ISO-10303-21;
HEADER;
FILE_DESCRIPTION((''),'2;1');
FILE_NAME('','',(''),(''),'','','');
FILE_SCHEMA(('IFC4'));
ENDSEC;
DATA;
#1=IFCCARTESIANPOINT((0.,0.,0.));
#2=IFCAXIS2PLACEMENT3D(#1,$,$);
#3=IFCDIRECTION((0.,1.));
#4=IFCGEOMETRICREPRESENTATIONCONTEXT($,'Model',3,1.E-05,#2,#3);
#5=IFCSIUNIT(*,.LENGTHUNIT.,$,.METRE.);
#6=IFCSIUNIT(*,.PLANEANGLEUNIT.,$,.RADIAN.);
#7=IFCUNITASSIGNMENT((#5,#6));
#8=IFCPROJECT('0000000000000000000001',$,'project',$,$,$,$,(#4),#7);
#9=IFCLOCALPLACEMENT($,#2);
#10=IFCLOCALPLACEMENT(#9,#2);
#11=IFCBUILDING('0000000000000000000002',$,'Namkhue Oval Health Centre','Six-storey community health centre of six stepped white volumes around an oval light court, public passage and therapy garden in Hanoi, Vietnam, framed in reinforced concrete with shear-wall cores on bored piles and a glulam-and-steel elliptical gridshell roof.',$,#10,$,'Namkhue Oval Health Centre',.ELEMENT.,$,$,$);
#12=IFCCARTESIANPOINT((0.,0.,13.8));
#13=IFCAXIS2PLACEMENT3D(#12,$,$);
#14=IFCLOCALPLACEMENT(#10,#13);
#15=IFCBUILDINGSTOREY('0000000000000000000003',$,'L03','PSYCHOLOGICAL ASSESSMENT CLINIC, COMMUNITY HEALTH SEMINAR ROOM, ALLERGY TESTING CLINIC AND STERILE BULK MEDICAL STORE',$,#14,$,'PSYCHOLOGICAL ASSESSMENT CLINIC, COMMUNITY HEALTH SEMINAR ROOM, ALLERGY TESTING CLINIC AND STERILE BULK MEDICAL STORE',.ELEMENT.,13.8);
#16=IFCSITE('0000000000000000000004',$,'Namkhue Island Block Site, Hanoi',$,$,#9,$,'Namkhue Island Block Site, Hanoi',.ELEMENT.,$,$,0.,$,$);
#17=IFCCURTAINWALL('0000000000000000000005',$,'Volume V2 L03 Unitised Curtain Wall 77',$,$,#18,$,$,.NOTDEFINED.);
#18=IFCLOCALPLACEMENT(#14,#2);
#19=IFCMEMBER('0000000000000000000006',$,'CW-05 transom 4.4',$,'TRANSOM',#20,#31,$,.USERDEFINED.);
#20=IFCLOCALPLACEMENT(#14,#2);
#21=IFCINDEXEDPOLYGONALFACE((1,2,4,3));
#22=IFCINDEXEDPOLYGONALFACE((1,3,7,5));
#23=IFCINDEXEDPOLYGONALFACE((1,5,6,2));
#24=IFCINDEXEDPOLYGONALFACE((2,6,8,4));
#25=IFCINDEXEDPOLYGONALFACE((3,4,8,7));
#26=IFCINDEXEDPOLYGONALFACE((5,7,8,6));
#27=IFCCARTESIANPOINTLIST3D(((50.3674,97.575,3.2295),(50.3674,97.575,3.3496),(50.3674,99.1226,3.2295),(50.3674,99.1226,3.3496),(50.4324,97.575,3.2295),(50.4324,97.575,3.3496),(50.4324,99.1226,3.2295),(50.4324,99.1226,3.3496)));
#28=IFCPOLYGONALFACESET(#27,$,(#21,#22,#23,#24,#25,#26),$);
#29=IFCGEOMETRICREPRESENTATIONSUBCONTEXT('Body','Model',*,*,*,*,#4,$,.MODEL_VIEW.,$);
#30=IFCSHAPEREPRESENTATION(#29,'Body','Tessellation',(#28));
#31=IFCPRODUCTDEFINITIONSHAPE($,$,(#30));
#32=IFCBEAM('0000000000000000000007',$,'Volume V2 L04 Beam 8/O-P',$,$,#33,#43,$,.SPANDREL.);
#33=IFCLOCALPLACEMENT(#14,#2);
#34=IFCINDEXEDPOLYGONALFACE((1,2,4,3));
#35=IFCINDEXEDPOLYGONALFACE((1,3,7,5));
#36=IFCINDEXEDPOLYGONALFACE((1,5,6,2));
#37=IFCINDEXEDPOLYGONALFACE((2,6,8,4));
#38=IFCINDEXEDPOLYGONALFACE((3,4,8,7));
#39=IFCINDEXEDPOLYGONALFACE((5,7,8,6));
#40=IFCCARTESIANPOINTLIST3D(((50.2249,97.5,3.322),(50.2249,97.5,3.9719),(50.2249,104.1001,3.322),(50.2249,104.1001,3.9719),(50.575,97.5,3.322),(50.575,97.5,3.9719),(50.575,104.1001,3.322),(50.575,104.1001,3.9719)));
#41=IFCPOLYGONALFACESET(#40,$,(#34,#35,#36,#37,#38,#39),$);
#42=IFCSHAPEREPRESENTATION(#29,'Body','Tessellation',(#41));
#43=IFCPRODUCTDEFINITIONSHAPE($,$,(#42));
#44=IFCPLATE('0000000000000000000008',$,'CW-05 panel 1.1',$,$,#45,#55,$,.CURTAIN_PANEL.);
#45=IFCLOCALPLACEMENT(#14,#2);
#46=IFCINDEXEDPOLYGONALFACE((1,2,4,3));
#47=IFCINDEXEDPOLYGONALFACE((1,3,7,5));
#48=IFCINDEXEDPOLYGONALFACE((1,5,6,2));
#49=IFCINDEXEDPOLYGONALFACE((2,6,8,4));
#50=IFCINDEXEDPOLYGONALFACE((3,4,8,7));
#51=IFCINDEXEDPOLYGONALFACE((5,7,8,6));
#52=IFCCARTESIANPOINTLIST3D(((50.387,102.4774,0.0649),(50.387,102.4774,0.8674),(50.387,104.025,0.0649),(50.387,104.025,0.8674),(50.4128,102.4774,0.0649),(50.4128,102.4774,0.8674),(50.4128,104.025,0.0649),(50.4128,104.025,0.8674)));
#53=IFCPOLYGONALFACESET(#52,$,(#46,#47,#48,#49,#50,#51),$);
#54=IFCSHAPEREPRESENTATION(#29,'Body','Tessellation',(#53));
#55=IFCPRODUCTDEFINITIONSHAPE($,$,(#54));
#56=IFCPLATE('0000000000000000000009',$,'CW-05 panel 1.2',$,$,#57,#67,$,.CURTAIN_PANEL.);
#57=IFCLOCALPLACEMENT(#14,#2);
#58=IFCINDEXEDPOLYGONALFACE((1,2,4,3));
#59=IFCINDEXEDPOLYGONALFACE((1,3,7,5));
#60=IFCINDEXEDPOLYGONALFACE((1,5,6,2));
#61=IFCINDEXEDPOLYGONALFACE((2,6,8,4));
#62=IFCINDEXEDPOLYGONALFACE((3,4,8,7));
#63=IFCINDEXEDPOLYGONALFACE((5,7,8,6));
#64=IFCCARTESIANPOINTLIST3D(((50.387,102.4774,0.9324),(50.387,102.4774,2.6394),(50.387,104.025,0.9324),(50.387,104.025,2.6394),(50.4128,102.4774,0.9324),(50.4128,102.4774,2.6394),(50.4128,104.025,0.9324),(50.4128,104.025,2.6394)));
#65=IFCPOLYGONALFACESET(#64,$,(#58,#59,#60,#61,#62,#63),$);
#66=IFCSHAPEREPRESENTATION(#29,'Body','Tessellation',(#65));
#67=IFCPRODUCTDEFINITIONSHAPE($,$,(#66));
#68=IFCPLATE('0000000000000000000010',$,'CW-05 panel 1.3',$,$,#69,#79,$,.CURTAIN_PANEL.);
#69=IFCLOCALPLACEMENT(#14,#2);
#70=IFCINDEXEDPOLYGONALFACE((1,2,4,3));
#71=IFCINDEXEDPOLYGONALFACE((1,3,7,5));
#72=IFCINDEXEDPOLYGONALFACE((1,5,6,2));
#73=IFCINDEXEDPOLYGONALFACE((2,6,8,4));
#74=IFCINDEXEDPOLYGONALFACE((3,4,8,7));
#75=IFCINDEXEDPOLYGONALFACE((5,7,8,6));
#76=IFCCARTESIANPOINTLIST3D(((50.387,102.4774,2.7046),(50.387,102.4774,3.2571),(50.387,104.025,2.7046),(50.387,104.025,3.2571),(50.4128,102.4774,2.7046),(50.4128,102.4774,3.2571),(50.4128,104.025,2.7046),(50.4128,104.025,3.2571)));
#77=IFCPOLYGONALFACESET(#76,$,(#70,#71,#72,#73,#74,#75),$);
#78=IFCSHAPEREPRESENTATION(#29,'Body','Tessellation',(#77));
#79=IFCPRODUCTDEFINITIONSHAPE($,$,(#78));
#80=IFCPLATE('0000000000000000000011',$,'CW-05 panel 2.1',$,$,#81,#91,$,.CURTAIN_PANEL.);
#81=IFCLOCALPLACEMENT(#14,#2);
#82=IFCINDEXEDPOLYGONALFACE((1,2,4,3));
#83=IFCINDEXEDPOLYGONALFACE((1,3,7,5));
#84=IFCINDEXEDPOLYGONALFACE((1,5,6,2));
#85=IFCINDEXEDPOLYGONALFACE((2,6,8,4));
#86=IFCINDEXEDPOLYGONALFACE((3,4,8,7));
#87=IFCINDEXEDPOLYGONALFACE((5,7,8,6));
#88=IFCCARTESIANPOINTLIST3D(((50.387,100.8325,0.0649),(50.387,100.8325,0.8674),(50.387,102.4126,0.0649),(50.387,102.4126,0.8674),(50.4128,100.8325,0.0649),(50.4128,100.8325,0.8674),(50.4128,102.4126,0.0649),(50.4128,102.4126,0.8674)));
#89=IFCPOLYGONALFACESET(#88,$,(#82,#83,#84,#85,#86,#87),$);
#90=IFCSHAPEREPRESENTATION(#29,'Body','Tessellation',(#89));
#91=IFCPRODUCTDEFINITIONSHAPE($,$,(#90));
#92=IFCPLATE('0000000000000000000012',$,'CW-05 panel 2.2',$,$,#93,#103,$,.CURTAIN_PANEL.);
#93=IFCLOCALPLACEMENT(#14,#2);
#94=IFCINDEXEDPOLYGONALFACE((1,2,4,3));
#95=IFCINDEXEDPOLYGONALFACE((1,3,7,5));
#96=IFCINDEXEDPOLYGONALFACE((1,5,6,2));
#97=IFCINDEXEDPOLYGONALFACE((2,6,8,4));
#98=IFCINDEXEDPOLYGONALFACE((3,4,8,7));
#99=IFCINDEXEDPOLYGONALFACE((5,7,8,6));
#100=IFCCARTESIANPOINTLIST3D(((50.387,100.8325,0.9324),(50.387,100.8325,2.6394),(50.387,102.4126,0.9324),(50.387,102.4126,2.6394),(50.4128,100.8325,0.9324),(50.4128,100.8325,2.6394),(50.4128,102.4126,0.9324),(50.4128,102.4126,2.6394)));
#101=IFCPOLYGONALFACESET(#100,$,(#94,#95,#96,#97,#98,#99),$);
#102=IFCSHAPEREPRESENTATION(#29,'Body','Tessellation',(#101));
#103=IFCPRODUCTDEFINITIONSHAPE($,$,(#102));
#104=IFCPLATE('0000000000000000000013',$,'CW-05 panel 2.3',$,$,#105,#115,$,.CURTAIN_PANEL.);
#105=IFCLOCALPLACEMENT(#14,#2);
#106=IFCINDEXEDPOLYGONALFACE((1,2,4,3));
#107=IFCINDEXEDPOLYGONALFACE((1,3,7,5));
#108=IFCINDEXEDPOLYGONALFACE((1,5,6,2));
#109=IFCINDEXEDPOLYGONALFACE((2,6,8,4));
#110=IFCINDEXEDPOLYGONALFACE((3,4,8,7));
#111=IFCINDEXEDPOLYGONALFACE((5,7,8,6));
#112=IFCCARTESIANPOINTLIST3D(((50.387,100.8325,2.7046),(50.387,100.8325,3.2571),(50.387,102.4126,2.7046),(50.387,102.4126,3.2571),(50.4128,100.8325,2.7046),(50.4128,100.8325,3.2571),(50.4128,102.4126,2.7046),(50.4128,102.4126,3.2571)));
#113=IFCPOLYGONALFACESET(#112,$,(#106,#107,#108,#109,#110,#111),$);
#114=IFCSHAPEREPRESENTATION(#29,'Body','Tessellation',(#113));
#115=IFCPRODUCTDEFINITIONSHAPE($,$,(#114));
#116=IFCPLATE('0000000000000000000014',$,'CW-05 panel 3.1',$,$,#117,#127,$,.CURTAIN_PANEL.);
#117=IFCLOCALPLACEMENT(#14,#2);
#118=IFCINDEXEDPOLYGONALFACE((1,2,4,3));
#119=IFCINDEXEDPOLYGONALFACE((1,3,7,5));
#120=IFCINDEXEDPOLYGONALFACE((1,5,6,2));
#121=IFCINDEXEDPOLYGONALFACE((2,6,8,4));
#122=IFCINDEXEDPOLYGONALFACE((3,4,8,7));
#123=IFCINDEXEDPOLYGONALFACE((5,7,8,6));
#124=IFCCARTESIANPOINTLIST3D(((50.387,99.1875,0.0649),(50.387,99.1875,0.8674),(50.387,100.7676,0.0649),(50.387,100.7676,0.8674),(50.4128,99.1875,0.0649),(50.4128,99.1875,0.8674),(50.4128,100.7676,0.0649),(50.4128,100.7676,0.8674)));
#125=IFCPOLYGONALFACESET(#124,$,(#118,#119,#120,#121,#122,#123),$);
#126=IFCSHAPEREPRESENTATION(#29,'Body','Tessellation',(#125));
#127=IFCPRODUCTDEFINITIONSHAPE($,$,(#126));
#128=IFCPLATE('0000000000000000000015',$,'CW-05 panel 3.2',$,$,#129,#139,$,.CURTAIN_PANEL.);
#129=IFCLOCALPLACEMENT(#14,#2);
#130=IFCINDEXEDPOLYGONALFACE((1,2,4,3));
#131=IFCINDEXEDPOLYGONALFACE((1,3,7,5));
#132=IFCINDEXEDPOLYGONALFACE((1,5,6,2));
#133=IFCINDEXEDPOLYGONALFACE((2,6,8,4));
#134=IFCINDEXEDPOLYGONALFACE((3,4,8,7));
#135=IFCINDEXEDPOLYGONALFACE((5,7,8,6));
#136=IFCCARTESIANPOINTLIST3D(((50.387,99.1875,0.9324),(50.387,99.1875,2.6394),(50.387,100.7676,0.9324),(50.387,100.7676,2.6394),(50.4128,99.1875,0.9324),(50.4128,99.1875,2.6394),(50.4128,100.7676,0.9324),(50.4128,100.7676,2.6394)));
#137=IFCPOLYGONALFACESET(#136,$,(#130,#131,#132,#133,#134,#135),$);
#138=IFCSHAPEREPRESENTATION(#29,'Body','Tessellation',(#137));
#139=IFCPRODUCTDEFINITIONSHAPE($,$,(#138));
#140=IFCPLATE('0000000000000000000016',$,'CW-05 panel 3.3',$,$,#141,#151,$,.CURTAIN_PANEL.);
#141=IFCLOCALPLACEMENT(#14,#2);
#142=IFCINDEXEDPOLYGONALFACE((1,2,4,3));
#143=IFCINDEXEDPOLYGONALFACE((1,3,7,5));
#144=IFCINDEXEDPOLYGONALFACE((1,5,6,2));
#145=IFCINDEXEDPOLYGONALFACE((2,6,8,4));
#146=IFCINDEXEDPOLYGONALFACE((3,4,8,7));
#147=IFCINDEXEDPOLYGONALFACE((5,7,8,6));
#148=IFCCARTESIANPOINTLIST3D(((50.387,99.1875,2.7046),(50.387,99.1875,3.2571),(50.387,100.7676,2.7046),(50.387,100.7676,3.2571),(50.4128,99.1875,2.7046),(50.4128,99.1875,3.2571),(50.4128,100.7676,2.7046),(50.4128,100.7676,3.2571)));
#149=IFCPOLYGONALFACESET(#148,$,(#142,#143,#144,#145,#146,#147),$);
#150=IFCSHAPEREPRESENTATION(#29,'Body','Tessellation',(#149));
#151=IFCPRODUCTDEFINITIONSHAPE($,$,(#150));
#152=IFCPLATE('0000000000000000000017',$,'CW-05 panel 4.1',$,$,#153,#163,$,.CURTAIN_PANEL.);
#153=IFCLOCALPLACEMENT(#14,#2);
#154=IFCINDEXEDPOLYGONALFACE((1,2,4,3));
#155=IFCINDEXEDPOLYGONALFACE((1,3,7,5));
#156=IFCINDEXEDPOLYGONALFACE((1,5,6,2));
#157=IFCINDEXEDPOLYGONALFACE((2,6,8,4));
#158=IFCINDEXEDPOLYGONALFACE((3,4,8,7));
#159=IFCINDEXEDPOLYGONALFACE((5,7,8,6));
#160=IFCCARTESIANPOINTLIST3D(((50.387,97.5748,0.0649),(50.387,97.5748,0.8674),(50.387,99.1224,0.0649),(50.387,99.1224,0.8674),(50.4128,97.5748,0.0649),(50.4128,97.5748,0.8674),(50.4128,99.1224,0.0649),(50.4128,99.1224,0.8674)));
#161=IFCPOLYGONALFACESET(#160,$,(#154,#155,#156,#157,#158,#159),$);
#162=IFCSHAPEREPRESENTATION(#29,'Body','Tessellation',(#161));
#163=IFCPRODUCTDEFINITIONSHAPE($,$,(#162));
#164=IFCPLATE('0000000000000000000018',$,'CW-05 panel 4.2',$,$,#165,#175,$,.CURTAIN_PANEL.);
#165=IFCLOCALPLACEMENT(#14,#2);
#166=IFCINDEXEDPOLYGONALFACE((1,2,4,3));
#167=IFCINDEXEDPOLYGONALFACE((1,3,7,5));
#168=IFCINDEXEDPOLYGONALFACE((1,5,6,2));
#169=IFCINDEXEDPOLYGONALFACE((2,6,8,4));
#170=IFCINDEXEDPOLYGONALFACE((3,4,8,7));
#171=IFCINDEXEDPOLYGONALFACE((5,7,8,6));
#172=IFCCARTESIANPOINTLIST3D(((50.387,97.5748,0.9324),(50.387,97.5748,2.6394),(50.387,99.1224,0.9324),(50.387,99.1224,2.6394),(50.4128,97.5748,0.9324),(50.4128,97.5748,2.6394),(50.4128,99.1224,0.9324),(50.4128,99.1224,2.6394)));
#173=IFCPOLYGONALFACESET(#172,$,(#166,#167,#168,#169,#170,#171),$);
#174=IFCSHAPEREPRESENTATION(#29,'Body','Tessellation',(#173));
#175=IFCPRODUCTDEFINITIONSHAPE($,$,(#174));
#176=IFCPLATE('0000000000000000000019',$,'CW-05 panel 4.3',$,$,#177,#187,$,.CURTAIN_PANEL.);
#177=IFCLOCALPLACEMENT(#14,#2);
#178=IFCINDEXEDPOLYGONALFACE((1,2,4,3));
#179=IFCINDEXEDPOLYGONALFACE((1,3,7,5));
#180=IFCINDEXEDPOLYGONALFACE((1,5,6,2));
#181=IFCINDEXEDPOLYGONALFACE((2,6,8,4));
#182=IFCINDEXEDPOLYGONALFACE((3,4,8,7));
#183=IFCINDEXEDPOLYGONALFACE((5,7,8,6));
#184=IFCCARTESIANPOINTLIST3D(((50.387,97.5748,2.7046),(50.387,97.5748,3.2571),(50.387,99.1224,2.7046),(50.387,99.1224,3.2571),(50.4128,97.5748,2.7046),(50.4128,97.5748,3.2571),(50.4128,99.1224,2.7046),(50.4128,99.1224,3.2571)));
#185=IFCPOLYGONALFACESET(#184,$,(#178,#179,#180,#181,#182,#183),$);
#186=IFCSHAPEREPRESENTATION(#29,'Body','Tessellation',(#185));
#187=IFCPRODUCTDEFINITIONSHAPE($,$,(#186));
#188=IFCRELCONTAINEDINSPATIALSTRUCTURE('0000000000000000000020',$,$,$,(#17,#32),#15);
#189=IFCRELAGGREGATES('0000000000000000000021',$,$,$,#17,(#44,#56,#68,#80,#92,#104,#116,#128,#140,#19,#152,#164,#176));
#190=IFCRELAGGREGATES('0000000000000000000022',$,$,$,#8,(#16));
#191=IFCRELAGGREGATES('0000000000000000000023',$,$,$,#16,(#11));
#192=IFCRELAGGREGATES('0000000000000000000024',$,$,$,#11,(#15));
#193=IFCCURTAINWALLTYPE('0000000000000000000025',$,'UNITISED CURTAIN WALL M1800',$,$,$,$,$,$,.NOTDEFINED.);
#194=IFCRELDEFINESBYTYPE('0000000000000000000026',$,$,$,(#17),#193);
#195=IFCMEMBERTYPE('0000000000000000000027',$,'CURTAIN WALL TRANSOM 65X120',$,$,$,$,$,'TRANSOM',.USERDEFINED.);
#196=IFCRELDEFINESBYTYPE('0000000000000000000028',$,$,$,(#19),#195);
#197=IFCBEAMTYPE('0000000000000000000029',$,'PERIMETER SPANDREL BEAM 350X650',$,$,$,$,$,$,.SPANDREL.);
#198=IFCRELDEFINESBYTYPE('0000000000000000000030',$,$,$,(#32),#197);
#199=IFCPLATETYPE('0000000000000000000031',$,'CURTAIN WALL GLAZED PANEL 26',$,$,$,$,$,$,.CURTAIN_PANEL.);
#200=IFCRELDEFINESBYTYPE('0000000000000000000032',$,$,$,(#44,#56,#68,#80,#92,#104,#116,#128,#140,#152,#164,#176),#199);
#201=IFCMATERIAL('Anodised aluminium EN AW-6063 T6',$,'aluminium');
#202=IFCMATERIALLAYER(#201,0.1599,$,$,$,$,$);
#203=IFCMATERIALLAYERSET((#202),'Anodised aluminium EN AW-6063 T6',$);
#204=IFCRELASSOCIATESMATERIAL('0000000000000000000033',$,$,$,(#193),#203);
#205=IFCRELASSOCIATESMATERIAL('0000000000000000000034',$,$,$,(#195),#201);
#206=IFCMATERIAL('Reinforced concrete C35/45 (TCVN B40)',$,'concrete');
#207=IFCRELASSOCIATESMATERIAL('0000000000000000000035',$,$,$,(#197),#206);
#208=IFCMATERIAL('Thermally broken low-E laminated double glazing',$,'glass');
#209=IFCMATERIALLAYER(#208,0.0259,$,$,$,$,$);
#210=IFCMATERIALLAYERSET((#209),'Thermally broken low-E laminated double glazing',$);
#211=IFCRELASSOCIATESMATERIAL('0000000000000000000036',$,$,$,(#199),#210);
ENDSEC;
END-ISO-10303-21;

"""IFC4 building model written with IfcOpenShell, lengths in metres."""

from ifc_helpers import new_model, si_unit, direction, frame, origin, origin_2d, place, context, subcontext, project, spatial, rectangle, extrude, material, layer, layer_set, material_profile, profile_set, type_object, element, aggregate, save


model = new_model("IFC4")

# Units and contexts
model_context = context("Model", 3, precision=1e-05, world=origin(), true_north=direction((0.0, 1.0)))
body_context = subcontext(model_context, "Body", "Model", "MODEL_VIEW")
ifc_project = project(units=[si_unit("LENGTHUNIT", "METRE"), si_unit("PLANEANGLEUNIT", "RADIAN")], contexts=[model_context])

# Site, building, storey
site_placement = place(None, origin())
site = spatial("IfcSite", under=ifc_project, at=site_placement, Name="Namkhue Island Block Site, Hanoi", LongName="Namkhue Island Block Site, Hanoi", CompositionType="ELEMENT", RefElevation=0.0)
building_placement = place(site_placement, origin())
building = spatial("IfcBuilding", under=site, at=building_placement, Name="Namkhue Oval Health Centre", Description="Six-storey community health centre of six stepped white volumes around an oval light court, public passage and therapy garden in Hanoi, Vietnam, framed in reinforced concrete with shear-wall cores on bored piles and a glulam-and-steel elliptical gridshell roof.", LongName="Namkhue Oval Health Centre", CompositionType="ELEMENT")
storey_placement = place(building_placement, frame((0.0, 0.0, 13.8)))
storey = spatial("IfcBuildingStorey", under=building, at=storey_placement, Name="L03", Description="PSYCHOLOGICAL ASSESSMENT CLINIC, COMMUNITY HEALTH SEMINAR ROOM, ALLERGY TESTING CLINIC AND STERILE BULK MEDICAL STORE", LongName="PSYCHOLOGICAL ASSESSMENT CLINIC, COMMUNITY HEALTH SEMINAR ROOM, ALLERGY TESTING CLINIC AND STERILE BULK MEDICAL STORE", CompositionType="ELEMENT", Elevation=13.8)

# Shared definitions
ifc_material_1 = material(Name="Reinforced concrete C35/45 (TCVN B40)", Category="concrete")

# Curtain wall, member
ifc_material_2 = material(Name="Anodised aluminium EN AW-6063 T6", Category="aluminium")
ifc_layer_1 = layer(ifc_material_2, 0.1599)
ifc_layer_set_1 = layer_set([ifc_layer_1], Name="Anodised aluminium EN AW-6063 T6")
curtain_wall_type = type_object("IfcCurtainWallType", Name="UNITISED CURTAIN WALL M1800", PredefinedType="NOTDEFINED", material=ifc_layer_set_1)
curtain_wall_placement = place(storey_placement, origin())
curtain_wall = element("IfcCurtainWall", 1, at=curtain_wall_placement, inside=storey, type_object=curtain_wall_type, Name="Volume V2 L03 Unitised Curtain Wall 77", PredefinedType="NOTDEFINED")
ifc_material_profile_1 = material_profile(ifc_material_2, rectangle(XDim=0.0649, YDim=0.1201, at=origin_2d()), Name="ALU 65x120")
ifc_profile_set_1 = profile_set([ifc_material_profile_1], Name="Anodised aluminium EN AW-6063 T6")
member_type_1 = type_object("IfcMemberType", Name="CURTAIN WALL TRANSOM 65X120", ElementType="TRANSOM", PredefinedType="USERDEFINED", material=ifc_profile_set_1)
member_1_placement = place(storey_placement, frame((50.3999, 99.1226, 3.2896), z_axis=(0.0, -1.0, 0.0), x_axis=(1.0, 0.0, 0.0)))
member_1 = element("IfcMember", 2, at=member_1_placement, type_object=member_type_1, Name="CW-05 transom 4.4", ObjectType="TRANSOM", PredefinedType="USERDEFINED", context=body_context, shape_type="SweptSolid", body=[
    extrude(rectangle(XDim=0.0649, YDim=0.1201, at=origin_2d()), origin(), (0.0, 0.0, 1.0), 1.5476),
])

# Beam
ifc_material_profile_2 = material_profile(ifc_material_1, rectangle(XDim=0.3501, YDim=0.6499, at=origin_2d()), Name="RC 350x650")
ifc_profile_set_2 = profile_set([ifc_material_profile_2], Name="Reinforced concrete C35/45 (TCVN B40)")
beam_type = type_object("IfcBeamType", Name="PERIMETER SPANDREL BEAM 350X650", PredefinedType="SPANDREL", material=ifc_profile_set_2)
beam_placement = place(storey_placement, frame((50.3999, 97.5, 3.647), z_axis=(0.0, 1.0, 0.0), x_axis=(-1.0, 0.0, 0.0)))
element("IfcBeam", 3, at=beam_placement, inside=storey, type_object=beam_type, Name="Volume V2 L04 Beam 8/O-P", PredefinedType="SPANDREL", context=body_context, shape_type="SweptSolid", body=[
    extrude(rectangle(XDim=0.3501, YDim=0.6499, at=origin_2d()), origin(), (0.0, 0.0, 1.0), 6.6001),
])

# Plates
ifc_material_3 = material(Name="Thermally broken low-E laminated double glazing", Category="glass")
ifc_layer_2 = layer(ifc_material_3, 0.0259)
ifc_layer_set_2 = layer_set([ifc_layer_2], Name="Thermally broken low-E laminated double glazing")
plate_type = type_object("IfcPlateType", Name="CURTAIN WALL GLAZED PANEL 26", PredefinedType="CURTAIN_PANEL", material=ifc_layer_set_2)
plate_1_placement = place(storey_placement, frame((50.3999, 103.2512, 0.0649), z_axis=(0.0, 0.0, 1.0), x_axis=(0.0, -1.0, 0.0)))
plate_1 = element("IfcPlate", 4, at=plate_1_placement, type_object=plate_type, Name="CW-05 panel 1.1", PredefinedType="CURTAIN_PANEL", context=body_context, shape_type="SweptSolid", body=[
    extrude(rectangle(XDim=1.5476, YDim=0.0259, at=origin_2d()), origin(), (0.0, 0.0, 1.0), 0.8025),
])
plate_2_placement = place(storey_placement, frame((50.3999, 103.2512, 0.9324), z_axis=(0.0, 0.0, 1.0), x_axis=(0.0, -1.0, 0.0)))
plate_2 = element("IfcPlate", 5, at=plate_2_placement, type_object=plate_type, Name="CW-05 panel 1.2", PredefinedType="CURTAIN_PANEL", context=body_context, shape_type="SweptSolid", body=[
    extrude(rectangle(XDim=1.5476, YDim=0.0259, at=origin_2d()), origin(), (0.0, 0.0, 1.0), 1.707),
])
plate_3_placement = place(storey_placement, frame((50.3999, 103.2512, 2.7046), z_axis=(0.0, 0.0, 1.0), x_axis=(0.0, -1.0, 0.0)))
plate_3 = element("IfcPlate", 6, at=plate_3_placement, type_object=plate_type, Name="CW-05 panel 1.3", PredefinedType="CURTAIN_PANEL", context=body_context, shape_type="SweptSolid", body=[
    extrude(rectangle(XDim=1.5476, YDim=0.0259, at=origin_2d()), origin(), (0.0, 0.0, 1.0), 0.5525),
])
plate_4_placement = place(storey_placement, frame((50.3999, 101.6226, 0.0649), z_axis=(0.0, 0.0, 1.0), x_axis=(0.0, -1.0, 0.0)))
plate_4 = element("IfcPlate", 7, at=plate_4_placement, type_object=plate_type, Name="CW-05 panel 2.1", PredefinedType="CURTAIN_PANEL", context=body_context, shape_type="SweptSolid", body=[
    extrude(rectangle(XDim=1.5801, YDim=0.0259, at=origin_2d()), origin(), (0.0, 0.0, 1.0), 0.8025),
])
plate_5_placement = place(storey_placement, frame((50.3999, 101.6226, 0.9324), z_axis=(0.0, 0.0, 1.0), x_axis=(0.0, -1.0, 0.0)))
plate_5 = element("IfcPlate", 8, at=plate_5_placement, type_object=plate_type, Name="CW-05 panel 2.2", PredefinedType="CURTAIN_PANEL", context=body_context, shape_type="SweptSolid", body=[
    extrude(rectangle(XDim=1.5801, YDim=0.0259, at=origin_2d()), origin(), (0.0, 0.0, 1.0), 1.707),
])
plate_6_placement = place(storey_placement, frame((50.3999, 101.6226, 2.7046), z_axis=(0.0, 0.0, 1.0), x_axis=(0.0, -1.0, 0.0)))
plate_6 = element("IfcPlate", 9, at=plate_6_placement, type_object=plate_type, Name="CW-05 panel 2.3", PredefinedType="CURTAIN_PANEL", context=body_context, shape_type="SweptSolid", body=[
    extrude(rectangle(XDim=1.5801, YDim=0.0259, at=origin_2d()), origin(), (0.0, 0.0, 1.0), 0.5525),
])
plate_7_placement = place(storey_placement, frame((50.3999, 99.9775, 0.0649), z_axis=(0.0, 0.0, 1.0), x_axis=(0.0, -1.0, 0.0)))
plate_7 = element("IfcPlate", 10, at=plate_7_placement, type_object=plate_type, Name="CW-05 panel 3.1", PredefinedType="CURTAIN_PANEL", context=body_context, shape_type="SweptSolid", body=[
    extrude(rectangle(XDim=1.5801, YDim=0.0259, at=origin_2d()), origin(), (0.0, 0.0, 1.0), 0.8025),
])
plate_8_placement = place(storey_placement, frame((50.3999, 99.9775, 0.9324), z_axis=(0.0, 0.0, 1.0), x_axis=(0.0, -1.0, 0.0)))
plate_8 = element("IfcPlate", 11, at=plate_8_placement, type_object=plate_type, Name="CW-05 panel 3.2", PredefinedType="CURTAIN_PANEL", context=body_context, shape_type="SweptSolid", body=[
    extrude(rectangle(XDim=1.5801, YDim=0.0259, at=origin_2d()), origin(), (0.0, 0.0, 1.0), 1.707),
])
plate_9_placement = place(storey_placement, frame((50.3999, 99.9775, 2.7046), z_axis=(0.0, 0.0, 1.0), x_axis=(0.0, -1.0, 0.0)))
plate_9 = element("IfcPlate", 12, at=plate_9_placement, type_object=plate_type, Name="CW-05 panel 3.3", PredefinedType="CURTAIN_PANEL", context=body_context, shape_type="SweptSolid", body=[
    extrude(rectangle(XDim=1.5801, YDim=0.0259, at=origin_2d()), origin(), (0.0, 0.0, 1.0), 0.5525),
])
plate_10_placement = place(storey_placement, frame((50.3999, 98.3486, 0.0649), z_axis=(0.0, 0.0, 1.0), x_axis=(0.0, -1.0, 0.0)))
plate_10 = element("IfcPlate", 13, at=plate_10_placement, type_object=plate_type, Name="CW-05 panel 4.1", PredefinedType="CURTAIN_PANEL", context=body_context, shape_type="SweptSolid", body=[
    extrude(rectangle(XDim=1.5476, YDim=0.0259, at=origin_2d()), origin(), (0.0, 0.0, 1.0), 0.8025),
])
plate_11_placement = place(storey_placement, frame((50.3999, 98.3486, 0.9324), z_axis=(0.0, 0.0, 1.0), x_axis=(0.0, -1.0, 0.0)))
plate_11 = element("IfcPlate", 14, at=plate_11_placement, type_object=plate_type, Name="CW-05 panel 4.2", PredefinedType="CURTAIN_PANEL", context=body_context, shape_type="SweptSolid", body=[
    extrude(rectangle(XDim=1.5476, YDim=0.0259, at=origin_2d()), origin(), (0.0, 0.0, 1.0), 1.707),
])
plate_12_placement = place(storey_placement, frame((50.3999, 98.3486, 2.7046), z_axis=(0.0, 0.0, 1.0), x_axis=(0.0, -1.0, 0.0)))
plate_12 = element("IfcPlate", 15, at=plate_12_placement, type_object=plate_type, Name="CW-05 panel 4.3", PredefinedType="CURTAIN_PANEL", context=body_context, shape_type="SweptSolid", body=[
    extrude(rectangle(XDim=1.5476, YDim=0.0259, at=origin_2d()), origin(), (0.0, 0.0, 1.0), 0.5525),
])
aggregate(curtain_wall, [plate_1, plate_2, plate_3, plate_4, plate_5, plate_6, plate_7, plate_8, plate_9, member_1, plate_10, plate_11, plate_12])

save(model, "model.ifc")
